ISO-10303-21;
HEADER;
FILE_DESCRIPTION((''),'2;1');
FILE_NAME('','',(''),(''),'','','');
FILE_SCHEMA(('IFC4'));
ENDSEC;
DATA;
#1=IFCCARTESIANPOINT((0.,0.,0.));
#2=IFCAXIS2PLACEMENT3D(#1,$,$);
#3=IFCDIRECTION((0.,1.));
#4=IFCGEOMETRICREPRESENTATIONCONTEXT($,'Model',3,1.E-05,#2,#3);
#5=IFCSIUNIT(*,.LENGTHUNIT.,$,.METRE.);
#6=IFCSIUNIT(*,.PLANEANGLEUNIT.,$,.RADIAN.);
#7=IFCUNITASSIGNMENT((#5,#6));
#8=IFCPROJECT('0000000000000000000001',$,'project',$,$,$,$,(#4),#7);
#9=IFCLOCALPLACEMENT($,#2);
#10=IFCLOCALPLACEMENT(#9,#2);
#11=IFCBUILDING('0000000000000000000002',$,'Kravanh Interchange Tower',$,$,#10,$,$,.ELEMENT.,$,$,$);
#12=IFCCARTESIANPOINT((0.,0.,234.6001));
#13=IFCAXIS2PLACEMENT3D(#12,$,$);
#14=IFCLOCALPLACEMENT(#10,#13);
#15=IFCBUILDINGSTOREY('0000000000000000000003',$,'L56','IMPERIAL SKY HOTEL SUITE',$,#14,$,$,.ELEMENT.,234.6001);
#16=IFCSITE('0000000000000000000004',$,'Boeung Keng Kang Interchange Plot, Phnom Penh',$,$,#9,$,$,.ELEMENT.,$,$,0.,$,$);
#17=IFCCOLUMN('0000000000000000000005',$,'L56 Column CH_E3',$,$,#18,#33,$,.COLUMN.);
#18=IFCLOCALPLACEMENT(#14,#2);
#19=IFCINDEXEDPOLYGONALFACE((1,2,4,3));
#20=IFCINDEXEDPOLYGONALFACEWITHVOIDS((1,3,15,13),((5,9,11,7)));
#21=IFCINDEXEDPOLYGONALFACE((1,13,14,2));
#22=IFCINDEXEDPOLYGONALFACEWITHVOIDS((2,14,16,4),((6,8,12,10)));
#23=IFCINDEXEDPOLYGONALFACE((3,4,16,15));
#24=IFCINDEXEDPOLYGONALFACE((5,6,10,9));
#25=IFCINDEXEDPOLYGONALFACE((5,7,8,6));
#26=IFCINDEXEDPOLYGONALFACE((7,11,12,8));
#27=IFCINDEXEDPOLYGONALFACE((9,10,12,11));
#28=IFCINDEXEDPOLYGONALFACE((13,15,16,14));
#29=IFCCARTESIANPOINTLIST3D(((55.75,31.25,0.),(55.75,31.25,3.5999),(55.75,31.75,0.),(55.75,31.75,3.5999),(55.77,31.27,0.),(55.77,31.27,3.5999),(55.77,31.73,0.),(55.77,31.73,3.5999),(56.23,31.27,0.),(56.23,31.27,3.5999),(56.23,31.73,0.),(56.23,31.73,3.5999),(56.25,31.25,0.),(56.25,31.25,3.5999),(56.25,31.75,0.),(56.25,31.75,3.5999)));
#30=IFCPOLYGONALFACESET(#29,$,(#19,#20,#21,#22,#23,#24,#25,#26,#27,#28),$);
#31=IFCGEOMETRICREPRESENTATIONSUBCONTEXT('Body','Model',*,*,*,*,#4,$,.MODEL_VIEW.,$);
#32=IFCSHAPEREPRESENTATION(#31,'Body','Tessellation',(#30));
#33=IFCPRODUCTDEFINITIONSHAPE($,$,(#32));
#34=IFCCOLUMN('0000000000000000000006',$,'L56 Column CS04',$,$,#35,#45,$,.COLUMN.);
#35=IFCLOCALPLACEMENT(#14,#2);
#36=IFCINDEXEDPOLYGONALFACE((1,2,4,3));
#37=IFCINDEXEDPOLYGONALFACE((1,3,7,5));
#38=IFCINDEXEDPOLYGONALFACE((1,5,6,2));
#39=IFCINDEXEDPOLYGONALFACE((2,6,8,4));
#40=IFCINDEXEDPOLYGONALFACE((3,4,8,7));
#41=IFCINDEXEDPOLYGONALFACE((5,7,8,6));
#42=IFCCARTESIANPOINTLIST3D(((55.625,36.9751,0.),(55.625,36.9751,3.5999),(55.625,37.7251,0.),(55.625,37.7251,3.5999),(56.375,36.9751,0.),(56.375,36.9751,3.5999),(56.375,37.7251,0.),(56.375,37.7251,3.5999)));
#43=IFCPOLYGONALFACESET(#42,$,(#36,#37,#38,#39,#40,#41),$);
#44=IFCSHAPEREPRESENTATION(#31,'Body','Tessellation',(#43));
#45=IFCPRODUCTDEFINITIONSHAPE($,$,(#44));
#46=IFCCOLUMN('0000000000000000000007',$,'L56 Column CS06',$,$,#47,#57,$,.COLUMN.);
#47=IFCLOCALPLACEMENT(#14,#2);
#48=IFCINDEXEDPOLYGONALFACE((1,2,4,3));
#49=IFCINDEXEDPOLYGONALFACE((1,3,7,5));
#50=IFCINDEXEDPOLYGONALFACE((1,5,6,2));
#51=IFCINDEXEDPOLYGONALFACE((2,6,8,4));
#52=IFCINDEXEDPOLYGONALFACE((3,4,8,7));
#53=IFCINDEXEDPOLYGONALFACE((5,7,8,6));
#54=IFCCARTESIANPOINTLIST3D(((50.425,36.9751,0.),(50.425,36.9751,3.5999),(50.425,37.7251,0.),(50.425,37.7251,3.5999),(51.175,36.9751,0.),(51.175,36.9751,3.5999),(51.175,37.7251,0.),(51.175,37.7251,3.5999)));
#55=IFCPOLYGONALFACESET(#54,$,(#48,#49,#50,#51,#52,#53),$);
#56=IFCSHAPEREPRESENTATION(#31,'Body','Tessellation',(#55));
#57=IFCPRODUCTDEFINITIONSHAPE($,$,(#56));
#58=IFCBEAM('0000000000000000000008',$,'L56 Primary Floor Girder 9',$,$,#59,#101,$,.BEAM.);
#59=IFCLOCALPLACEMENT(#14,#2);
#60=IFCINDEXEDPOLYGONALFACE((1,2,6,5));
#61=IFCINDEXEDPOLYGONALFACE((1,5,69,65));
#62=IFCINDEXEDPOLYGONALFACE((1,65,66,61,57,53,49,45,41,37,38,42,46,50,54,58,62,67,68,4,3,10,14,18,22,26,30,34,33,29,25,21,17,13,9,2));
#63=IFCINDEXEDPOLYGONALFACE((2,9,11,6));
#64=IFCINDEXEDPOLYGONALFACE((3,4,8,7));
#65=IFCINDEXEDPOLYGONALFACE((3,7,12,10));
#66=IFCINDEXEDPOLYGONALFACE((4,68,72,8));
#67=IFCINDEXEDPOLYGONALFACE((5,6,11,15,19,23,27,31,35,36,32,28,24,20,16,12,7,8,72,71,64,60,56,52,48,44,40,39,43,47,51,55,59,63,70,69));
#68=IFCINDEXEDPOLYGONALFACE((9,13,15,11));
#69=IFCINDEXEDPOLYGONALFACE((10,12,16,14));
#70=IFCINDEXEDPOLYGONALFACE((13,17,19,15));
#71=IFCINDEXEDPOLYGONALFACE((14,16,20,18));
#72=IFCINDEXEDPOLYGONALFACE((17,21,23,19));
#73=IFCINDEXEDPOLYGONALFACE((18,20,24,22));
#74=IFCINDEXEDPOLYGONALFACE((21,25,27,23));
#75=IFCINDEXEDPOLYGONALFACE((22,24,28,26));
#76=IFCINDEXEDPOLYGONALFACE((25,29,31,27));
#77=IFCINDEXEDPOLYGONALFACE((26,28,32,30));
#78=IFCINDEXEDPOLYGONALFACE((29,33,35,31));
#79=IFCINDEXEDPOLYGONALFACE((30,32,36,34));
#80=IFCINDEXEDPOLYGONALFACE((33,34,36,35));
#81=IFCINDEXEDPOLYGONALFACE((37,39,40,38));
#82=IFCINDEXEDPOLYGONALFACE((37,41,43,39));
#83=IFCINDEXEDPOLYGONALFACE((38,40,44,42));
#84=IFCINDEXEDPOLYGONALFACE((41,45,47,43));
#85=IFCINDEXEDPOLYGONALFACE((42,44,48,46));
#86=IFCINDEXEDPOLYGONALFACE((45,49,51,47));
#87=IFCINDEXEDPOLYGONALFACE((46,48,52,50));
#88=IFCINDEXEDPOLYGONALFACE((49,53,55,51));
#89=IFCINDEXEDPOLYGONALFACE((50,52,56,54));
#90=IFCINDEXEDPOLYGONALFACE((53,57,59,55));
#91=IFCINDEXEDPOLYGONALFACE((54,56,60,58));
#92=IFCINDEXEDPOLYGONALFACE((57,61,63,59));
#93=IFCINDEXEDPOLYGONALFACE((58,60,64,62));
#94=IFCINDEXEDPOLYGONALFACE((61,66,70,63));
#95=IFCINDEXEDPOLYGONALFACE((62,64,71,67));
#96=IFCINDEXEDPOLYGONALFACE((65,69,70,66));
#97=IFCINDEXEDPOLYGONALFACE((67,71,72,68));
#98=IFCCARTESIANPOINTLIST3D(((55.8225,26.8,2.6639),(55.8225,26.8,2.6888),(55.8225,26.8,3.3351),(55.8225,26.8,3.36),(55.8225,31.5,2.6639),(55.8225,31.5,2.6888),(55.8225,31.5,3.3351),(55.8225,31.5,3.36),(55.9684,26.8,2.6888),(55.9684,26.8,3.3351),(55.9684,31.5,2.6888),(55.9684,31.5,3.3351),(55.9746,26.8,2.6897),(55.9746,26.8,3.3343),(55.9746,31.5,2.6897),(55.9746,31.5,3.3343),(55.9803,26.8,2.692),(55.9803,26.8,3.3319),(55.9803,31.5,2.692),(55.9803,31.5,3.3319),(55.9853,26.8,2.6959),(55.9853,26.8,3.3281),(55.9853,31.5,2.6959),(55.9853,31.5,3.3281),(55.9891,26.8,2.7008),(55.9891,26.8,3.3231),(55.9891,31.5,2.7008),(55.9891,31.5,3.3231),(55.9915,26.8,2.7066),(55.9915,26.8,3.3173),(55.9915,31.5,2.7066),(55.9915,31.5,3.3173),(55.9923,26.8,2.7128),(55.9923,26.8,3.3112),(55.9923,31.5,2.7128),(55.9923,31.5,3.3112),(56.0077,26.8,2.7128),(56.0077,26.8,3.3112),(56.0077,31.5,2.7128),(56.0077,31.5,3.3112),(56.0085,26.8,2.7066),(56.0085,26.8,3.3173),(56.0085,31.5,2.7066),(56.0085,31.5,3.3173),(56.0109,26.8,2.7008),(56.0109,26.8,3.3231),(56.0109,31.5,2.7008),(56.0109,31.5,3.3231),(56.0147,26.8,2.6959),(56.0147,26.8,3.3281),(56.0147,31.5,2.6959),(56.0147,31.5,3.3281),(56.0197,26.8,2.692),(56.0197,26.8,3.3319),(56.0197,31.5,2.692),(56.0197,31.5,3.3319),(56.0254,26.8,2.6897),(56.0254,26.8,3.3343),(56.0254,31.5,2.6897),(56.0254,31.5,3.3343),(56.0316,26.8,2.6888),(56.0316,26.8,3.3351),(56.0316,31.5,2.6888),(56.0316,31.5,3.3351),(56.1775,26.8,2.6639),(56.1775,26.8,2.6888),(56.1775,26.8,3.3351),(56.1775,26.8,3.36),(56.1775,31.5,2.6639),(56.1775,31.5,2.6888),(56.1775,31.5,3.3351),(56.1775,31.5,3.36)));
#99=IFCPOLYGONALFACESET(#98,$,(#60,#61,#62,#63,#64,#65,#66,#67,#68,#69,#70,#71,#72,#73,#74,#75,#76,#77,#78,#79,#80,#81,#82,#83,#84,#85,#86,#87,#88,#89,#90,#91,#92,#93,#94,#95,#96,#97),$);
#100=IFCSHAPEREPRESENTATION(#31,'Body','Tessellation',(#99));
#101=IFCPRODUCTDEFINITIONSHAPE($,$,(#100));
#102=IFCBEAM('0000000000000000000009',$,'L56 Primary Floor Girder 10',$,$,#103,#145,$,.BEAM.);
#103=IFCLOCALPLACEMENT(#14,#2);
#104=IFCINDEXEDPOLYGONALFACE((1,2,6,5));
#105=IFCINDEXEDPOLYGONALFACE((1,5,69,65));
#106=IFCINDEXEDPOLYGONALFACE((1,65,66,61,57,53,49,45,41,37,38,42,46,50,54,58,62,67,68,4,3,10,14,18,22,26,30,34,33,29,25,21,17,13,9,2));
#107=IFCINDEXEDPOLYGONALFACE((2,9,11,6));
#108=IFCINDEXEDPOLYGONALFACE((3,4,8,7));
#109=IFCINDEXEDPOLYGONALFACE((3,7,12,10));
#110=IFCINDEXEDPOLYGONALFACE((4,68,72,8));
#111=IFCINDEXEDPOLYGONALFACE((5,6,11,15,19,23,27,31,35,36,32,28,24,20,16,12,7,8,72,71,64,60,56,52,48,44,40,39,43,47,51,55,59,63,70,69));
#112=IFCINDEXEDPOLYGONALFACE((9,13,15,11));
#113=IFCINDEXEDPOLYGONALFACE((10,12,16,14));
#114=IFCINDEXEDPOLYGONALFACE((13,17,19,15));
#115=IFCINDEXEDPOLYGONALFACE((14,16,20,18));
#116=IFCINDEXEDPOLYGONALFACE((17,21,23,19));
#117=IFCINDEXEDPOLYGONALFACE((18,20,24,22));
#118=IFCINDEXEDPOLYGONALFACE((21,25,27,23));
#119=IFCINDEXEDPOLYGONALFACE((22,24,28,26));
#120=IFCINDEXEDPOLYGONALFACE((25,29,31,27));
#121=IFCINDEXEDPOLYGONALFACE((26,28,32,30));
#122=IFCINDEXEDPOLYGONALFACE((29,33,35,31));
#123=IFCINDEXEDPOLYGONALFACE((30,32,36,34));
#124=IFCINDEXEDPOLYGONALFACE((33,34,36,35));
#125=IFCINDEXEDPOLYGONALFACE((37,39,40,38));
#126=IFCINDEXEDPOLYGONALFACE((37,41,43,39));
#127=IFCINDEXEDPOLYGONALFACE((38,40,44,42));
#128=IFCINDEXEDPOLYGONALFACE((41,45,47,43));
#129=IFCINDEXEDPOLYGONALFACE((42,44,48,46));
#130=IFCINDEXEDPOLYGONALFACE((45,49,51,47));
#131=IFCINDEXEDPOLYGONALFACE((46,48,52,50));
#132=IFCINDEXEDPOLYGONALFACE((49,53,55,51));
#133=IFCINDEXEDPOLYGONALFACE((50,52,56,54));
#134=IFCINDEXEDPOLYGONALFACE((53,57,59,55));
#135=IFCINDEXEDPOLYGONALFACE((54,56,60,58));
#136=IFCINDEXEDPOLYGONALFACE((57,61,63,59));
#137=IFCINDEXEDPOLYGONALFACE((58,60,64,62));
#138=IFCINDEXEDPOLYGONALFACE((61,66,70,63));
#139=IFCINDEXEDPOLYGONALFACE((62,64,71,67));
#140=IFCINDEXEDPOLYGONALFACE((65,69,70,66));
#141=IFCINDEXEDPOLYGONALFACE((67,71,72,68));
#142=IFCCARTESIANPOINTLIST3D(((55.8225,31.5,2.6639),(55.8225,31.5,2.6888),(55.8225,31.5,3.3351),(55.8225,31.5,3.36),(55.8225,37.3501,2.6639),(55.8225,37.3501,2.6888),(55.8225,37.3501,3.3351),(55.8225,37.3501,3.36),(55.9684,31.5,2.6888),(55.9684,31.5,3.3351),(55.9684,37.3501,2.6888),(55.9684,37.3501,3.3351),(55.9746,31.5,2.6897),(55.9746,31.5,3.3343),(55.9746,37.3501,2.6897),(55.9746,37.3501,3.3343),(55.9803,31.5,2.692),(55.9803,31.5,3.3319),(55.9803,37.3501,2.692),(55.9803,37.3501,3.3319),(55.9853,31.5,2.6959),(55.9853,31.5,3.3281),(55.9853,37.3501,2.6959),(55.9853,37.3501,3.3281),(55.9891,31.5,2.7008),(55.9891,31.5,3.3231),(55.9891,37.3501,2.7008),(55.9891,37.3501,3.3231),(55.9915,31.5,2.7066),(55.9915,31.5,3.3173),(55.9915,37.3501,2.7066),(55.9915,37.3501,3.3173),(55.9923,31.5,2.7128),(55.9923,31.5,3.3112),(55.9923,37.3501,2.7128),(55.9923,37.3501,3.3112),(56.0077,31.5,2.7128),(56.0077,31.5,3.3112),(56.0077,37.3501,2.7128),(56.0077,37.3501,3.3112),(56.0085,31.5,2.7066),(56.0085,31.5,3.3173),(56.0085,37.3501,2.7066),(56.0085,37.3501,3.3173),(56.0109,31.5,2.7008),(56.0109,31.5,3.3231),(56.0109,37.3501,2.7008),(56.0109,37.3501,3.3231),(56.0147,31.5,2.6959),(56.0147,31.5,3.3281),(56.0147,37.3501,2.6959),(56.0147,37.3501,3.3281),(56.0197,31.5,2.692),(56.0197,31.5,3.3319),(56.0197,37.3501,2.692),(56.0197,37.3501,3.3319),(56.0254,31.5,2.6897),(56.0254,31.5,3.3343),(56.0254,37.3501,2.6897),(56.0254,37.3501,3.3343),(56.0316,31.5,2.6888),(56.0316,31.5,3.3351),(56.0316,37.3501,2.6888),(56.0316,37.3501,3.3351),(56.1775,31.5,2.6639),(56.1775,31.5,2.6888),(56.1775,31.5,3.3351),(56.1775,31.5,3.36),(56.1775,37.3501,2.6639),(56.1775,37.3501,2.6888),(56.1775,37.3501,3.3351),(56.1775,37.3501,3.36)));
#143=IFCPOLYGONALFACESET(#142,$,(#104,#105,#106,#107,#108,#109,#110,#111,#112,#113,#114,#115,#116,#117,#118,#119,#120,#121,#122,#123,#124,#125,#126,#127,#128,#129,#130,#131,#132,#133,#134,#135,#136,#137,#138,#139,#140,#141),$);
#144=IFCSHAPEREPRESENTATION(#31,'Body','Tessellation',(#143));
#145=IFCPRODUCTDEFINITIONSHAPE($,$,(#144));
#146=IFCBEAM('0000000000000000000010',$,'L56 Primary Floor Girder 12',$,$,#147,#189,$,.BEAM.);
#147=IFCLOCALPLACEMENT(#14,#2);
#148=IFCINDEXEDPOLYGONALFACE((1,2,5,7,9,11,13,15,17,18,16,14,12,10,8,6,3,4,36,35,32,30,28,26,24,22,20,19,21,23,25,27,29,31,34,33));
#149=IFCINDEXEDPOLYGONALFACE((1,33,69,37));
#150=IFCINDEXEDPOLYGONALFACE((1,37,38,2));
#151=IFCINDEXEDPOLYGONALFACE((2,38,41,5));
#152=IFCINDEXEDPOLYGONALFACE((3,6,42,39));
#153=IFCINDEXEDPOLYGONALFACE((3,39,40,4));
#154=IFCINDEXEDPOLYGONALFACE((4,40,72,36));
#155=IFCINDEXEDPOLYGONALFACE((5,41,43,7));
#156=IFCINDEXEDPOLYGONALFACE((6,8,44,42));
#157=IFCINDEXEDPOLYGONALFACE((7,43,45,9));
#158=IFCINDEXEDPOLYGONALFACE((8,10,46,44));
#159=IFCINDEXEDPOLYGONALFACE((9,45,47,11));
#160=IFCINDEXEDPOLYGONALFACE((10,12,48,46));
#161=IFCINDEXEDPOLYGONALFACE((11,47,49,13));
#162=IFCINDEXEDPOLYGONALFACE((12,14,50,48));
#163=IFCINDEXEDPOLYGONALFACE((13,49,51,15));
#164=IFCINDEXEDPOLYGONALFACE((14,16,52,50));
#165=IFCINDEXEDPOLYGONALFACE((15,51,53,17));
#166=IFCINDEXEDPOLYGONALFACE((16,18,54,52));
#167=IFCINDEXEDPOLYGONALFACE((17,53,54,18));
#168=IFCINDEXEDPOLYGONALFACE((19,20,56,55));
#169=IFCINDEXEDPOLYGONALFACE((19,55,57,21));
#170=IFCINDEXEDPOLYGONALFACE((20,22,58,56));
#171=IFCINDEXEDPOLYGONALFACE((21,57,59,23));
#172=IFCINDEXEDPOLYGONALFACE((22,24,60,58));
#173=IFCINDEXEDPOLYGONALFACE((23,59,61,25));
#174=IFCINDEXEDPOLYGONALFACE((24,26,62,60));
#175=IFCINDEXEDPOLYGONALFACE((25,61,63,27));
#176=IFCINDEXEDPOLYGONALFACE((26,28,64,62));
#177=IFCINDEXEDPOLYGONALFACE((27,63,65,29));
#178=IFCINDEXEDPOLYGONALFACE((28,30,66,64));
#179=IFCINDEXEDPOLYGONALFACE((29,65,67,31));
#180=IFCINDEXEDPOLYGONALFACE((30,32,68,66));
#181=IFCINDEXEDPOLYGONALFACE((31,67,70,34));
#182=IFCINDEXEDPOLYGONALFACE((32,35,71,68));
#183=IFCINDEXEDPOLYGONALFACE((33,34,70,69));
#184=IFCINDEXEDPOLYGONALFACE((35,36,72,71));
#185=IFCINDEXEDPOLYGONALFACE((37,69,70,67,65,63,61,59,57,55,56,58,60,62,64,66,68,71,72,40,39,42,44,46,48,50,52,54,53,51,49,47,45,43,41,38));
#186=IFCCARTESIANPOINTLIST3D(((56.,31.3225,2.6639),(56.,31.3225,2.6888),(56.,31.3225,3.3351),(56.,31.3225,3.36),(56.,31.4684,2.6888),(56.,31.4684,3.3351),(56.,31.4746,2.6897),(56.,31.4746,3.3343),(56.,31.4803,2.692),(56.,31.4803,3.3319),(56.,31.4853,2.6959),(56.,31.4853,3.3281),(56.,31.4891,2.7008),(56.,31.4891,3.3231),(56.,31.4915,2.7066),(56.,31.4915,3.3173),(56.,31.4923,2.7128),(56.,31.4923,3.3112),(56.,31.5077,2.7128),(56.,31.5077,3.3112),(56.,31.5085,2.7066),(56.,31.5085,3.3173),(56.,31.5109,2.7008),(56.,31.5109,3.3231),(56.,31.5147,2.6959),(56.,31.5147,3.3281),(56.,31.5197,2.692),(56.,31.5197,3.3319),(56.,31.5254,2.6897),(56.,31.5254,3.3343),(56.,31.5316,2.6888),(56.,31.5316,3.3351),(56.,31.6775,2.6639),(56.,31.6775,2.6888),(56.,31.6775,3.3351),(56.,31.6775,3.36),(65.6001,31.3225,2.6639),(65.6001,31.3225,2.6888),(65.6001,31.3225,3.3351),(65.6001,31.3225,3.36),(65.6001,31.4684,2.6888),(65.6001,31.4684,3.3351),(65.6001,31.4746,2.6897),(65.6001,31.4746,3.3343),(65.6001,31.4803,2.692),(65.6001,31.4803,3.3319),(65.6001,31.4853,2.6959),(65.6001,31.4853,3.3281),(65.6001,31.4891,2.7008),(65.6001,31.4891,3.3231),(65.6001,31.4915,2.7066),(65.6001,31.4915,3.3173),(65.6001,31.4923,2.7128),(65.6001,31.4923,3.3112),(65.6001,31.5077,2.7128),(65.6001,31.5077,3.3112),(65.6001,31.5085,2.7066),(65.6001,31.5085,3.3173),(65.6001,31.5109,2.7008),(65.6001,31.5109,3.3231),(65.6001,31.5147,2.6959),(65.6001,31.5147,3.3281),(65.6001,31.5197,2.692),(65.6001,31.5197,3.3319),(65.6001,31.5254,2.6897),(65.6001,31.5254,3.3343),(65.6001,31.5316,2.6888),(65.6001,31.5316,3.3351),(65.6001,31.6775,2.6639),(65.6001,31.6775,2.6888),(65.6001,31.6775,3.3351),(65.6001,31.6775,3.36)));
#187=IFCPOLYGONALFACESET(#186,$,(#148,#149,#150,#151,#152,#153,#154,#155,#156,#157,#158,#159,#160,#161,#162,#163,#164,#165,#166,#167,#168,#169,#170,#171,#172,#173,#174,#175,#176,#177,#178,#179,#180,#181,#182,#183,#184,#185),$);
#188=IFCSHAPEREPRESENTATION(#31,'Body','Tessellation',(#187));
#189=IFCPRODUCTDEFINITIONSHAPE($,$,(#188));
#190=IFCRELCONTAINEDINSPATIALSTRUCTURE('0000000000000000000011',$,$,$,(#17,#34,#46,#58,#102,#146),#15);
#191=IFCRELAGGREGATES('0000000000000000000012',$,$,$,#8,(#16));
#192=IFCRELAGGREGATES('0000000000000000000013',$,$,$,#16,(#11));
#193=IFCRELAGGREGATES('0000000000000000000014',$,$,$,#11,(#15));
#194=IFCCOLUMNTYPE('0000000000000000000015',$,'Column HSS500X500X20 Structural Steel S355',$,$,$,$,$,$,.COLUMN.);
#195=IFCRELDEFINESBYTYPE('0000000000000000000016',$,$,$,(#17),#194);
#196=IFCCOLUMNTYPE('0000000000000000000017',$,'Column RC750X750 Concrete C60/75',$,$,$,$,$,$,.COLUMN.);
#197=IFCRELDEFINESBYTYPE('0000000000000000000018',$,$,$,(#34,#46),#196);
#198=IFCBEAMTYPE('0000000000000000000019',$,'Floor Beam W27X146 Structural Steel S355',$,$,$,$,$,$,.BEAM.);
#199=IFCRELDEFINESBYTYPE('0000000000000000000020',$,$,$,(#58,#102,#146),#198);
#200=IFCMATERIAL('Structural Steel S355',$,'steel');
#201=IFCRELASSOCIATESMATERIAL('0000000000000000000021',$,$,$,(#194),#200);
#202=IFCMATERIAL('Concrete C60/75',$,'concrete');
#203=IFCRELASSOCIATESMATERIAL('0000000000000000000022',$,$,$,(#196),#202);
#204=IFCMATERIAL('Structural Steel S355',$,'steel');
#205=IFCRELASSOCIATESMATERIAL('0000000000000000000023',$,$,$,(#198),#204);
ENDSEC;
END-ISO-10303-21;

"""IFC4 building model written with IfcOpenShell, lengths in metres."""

from ifc_helpers import new_model, si_unit, direction, frame, origin, origin_2d, place, context, subcontext, project, spatial, rectangle, hollow_rectangle, i_section, extrude, material, material_profile, profile_set, type_object, element, save


model = new_model("IFC4")

# Units and contexts
model_context = context("Model", 3, precision=1e-05, world=origin(), true_north=direction((0.0, 1.0)))
body_context = subcontext(model_context, "Body", "Model", "MODEL_VIEW")
ifc_project = project(units=[si_unit("LENGTHUNIT", "METRE"), si_unit("PLANEANGLEUNIT", "RADIAN")], contexts=[model_context])

# Site, building, storey
site_placement = place(None, origin())
site = spatial("IfcSite", under=ifc_project, at=site_placement, Name="Boeung Keng Kang Interchange Plot, Phnom Penh", CompositionType="ELEMENT", RefElevation=0.0)
building_placement = place(site_placement, origin())
building = spatial("IfcBuilding", under=site, at=building_placement, Name="Kravanh Interchange Tower", CompositionType="ELEMENT")
storey_placement = place(building_placement, frame((0.0, 0.0, 234.6001)))
storey = spatial("IfcBuildingStorey", under=building, at=storey_placement, Name="L56", Description="IMPERIAL SKY HOTEL SUITE", CompositionType="ELEMENT", Elevation=234.6001)

# Columns
ifc_material_1 = material(Name="Structural Steel S355", Category="steel")
ifc_material_profile_1 = material_profile(ifc_material_1, hollow_rectangle(XDim=0.5, YDim=0.5, WallThickness=0.02, at=origin_2d()), Name="HSS500X500X20")
ifc_profile_set_1 = profile_set([ifc_material_profile_1], Name="Structural Steel S355")
column_type_1 = type_object("IfcColumnType", Name="Column HSS500X500X20 Structural Steel S355", PredefinedType="COLUMN", material=ifc_profile_set_1)
column_placement = place(storey_placement, frame((56.0, 31.5, 0.0), z_axis=(0.0, 0.0, 1.0), x_axis=(1.0, 0.0, 0.0)))
element("IfcColumn", 1, at=column_placement, inside=storey, type_object=column_type_1, Name="L56 Column CH_E3", PredefinedType="COLUMN", context=body_context, shape_type="SweptSolid", body=[
    extrude(hollow_rectangle(XDim=0.5, YDim=0.5, WallThickness=0.02, at=origin_2d()), origin(), (0.0, 0.0, 1.0), 3.5999),
])
ifc_material_2 = material(Name="Concrete C60/75", Category="concrete")
ifc_material_profile_2 = material_profile(ifc_material_2, rectangle(XDim=0.75, YDim=0.75, at=origin_2d()), Name="RC750X750")
ifc_profile_set_2 = profile_set([ifc_material_profile_2], Name="Concrete C60/75")
column_type_2 = type_object("IfcColumnType", Name="Column RC750X750 Concrete C60/75", PredefinedType="COLUMN", material=ifc_profile_set_2)
for number, where, z_axis, x_axis, name in (
    (2, (56.0, 37.3501, 0.0), (0.0, 0.0, 1.0), (1.0, 0.0, 0.0), "L56 Column CS04"),
    (3, (50.8, 37.3501, 0.0), (0.0, 0.0, 1.0), (1.0, 0.0, 0.0), "L56 Column CS06"),
):
    element("IfcColumn", number, at=place(storey_placement, frame(where, z_axis=z_axis, x_axis=x_axis)), inside=storey, type_object=column_type_2, Name=name, PredefinedType="COLUMN", context=body_context, shape_type="SweptSolid", body=[
        extrude(rectangle(XDim=0.75, YDim=0.75, at=origin_2d()), origin(), (0.0, 0.0, 1.0), 3.5999),
    ])

# Beams
ifc_material_3 = material(Name="Structural Steel S355", Category="steel")
ifc_material_profile_3 = material_profile(ifc_material_3, i_section(OverallWidth=0.355, OverallDepth=0.696, WebThickness=0.0154, FlangeThickness=0.0249, FilletRadius=0.0239, at=origin_2d()), Name="W27X146")
ifc_profile_set_3 = profile_set([ifc_material_profile_3], Name="Structural Steel S355")
beam_type_1 = type_object("IfcBeamType", Name="Floor Beam W27X146 Structural Steel S355", PredefinedType="BEAM", material=ifc_profile_set_3)
beam_1_placement = place(storey_placement, frame((56.0, 31.5, 3.012), z_axis=(0.0, -1.0, 0.0), x_axis=(1.0, 0.0, 0.0)))
element("IfcBeam", 4, at=beam_1_placement, inside=storey, type_object=beam_type_1, Name="L56 Primary Floor Girder 9", PredefinedType="BEAM", context=body_context, shape_type="SweptSolid", body=[
    extrude(i_section(OverallWidth=0.355, OverallDepth=0.696, WebThickness=0.0154, FlangeThickness=0.0249, FilletRadius=0.0239, at=origin_2d()), origin(), (0.0, 0.0, 1.0), 4.7),
])
beam_2_placement = place(storey_placement, frame((56.0, 31.5, 3.012), z_axis=(0.0, 1.0, 0.0), x_axis=(-1.0, 0.0, 0.0)))
element("IfcBeam", 5, at=beam_2_placement, inside=storey, type_object=beam_type_1, Name="L56 Primary Floor Girder 10", PredefinedType="BEAM", context=body_context, shape_type="SweptSolid", body=[
    extrude(i_section(OverallWidth=0.355, OverallDepth=0.696, WebThickness=0.0154, FlangeThickness=0.0249, FilletRadius=0.0239, at=origin_2d()), origin(), (0.0, 0.0, 1.0), 5.8501),
])
beam_3_placement = place(storey_placement, frame((56.0, 31.5, 3.012), z_axis=(1.0, 0.0, 0.0), x_axis=(0.0, 1.0, 0.0)))
element("IfcBeam", 6, at=beam_3_placement, inside=storey, type_object=beam_type_1, Name="L56 Primary Floor Girder 12", PredefinedType="BEAM", context=body_context, shape_type="SweptSolid", body=[
    extrude(i_section(OverallWidth=0.355, OverallDepth=0.696, WebThickness=0.0154, FlangeThickness=0.0249, FilletRadius=0.0239, at=origin_2d()), origin(), (0.0, 0.0, 1.0), 9.6001),
])

save(model, "model.ifc")
